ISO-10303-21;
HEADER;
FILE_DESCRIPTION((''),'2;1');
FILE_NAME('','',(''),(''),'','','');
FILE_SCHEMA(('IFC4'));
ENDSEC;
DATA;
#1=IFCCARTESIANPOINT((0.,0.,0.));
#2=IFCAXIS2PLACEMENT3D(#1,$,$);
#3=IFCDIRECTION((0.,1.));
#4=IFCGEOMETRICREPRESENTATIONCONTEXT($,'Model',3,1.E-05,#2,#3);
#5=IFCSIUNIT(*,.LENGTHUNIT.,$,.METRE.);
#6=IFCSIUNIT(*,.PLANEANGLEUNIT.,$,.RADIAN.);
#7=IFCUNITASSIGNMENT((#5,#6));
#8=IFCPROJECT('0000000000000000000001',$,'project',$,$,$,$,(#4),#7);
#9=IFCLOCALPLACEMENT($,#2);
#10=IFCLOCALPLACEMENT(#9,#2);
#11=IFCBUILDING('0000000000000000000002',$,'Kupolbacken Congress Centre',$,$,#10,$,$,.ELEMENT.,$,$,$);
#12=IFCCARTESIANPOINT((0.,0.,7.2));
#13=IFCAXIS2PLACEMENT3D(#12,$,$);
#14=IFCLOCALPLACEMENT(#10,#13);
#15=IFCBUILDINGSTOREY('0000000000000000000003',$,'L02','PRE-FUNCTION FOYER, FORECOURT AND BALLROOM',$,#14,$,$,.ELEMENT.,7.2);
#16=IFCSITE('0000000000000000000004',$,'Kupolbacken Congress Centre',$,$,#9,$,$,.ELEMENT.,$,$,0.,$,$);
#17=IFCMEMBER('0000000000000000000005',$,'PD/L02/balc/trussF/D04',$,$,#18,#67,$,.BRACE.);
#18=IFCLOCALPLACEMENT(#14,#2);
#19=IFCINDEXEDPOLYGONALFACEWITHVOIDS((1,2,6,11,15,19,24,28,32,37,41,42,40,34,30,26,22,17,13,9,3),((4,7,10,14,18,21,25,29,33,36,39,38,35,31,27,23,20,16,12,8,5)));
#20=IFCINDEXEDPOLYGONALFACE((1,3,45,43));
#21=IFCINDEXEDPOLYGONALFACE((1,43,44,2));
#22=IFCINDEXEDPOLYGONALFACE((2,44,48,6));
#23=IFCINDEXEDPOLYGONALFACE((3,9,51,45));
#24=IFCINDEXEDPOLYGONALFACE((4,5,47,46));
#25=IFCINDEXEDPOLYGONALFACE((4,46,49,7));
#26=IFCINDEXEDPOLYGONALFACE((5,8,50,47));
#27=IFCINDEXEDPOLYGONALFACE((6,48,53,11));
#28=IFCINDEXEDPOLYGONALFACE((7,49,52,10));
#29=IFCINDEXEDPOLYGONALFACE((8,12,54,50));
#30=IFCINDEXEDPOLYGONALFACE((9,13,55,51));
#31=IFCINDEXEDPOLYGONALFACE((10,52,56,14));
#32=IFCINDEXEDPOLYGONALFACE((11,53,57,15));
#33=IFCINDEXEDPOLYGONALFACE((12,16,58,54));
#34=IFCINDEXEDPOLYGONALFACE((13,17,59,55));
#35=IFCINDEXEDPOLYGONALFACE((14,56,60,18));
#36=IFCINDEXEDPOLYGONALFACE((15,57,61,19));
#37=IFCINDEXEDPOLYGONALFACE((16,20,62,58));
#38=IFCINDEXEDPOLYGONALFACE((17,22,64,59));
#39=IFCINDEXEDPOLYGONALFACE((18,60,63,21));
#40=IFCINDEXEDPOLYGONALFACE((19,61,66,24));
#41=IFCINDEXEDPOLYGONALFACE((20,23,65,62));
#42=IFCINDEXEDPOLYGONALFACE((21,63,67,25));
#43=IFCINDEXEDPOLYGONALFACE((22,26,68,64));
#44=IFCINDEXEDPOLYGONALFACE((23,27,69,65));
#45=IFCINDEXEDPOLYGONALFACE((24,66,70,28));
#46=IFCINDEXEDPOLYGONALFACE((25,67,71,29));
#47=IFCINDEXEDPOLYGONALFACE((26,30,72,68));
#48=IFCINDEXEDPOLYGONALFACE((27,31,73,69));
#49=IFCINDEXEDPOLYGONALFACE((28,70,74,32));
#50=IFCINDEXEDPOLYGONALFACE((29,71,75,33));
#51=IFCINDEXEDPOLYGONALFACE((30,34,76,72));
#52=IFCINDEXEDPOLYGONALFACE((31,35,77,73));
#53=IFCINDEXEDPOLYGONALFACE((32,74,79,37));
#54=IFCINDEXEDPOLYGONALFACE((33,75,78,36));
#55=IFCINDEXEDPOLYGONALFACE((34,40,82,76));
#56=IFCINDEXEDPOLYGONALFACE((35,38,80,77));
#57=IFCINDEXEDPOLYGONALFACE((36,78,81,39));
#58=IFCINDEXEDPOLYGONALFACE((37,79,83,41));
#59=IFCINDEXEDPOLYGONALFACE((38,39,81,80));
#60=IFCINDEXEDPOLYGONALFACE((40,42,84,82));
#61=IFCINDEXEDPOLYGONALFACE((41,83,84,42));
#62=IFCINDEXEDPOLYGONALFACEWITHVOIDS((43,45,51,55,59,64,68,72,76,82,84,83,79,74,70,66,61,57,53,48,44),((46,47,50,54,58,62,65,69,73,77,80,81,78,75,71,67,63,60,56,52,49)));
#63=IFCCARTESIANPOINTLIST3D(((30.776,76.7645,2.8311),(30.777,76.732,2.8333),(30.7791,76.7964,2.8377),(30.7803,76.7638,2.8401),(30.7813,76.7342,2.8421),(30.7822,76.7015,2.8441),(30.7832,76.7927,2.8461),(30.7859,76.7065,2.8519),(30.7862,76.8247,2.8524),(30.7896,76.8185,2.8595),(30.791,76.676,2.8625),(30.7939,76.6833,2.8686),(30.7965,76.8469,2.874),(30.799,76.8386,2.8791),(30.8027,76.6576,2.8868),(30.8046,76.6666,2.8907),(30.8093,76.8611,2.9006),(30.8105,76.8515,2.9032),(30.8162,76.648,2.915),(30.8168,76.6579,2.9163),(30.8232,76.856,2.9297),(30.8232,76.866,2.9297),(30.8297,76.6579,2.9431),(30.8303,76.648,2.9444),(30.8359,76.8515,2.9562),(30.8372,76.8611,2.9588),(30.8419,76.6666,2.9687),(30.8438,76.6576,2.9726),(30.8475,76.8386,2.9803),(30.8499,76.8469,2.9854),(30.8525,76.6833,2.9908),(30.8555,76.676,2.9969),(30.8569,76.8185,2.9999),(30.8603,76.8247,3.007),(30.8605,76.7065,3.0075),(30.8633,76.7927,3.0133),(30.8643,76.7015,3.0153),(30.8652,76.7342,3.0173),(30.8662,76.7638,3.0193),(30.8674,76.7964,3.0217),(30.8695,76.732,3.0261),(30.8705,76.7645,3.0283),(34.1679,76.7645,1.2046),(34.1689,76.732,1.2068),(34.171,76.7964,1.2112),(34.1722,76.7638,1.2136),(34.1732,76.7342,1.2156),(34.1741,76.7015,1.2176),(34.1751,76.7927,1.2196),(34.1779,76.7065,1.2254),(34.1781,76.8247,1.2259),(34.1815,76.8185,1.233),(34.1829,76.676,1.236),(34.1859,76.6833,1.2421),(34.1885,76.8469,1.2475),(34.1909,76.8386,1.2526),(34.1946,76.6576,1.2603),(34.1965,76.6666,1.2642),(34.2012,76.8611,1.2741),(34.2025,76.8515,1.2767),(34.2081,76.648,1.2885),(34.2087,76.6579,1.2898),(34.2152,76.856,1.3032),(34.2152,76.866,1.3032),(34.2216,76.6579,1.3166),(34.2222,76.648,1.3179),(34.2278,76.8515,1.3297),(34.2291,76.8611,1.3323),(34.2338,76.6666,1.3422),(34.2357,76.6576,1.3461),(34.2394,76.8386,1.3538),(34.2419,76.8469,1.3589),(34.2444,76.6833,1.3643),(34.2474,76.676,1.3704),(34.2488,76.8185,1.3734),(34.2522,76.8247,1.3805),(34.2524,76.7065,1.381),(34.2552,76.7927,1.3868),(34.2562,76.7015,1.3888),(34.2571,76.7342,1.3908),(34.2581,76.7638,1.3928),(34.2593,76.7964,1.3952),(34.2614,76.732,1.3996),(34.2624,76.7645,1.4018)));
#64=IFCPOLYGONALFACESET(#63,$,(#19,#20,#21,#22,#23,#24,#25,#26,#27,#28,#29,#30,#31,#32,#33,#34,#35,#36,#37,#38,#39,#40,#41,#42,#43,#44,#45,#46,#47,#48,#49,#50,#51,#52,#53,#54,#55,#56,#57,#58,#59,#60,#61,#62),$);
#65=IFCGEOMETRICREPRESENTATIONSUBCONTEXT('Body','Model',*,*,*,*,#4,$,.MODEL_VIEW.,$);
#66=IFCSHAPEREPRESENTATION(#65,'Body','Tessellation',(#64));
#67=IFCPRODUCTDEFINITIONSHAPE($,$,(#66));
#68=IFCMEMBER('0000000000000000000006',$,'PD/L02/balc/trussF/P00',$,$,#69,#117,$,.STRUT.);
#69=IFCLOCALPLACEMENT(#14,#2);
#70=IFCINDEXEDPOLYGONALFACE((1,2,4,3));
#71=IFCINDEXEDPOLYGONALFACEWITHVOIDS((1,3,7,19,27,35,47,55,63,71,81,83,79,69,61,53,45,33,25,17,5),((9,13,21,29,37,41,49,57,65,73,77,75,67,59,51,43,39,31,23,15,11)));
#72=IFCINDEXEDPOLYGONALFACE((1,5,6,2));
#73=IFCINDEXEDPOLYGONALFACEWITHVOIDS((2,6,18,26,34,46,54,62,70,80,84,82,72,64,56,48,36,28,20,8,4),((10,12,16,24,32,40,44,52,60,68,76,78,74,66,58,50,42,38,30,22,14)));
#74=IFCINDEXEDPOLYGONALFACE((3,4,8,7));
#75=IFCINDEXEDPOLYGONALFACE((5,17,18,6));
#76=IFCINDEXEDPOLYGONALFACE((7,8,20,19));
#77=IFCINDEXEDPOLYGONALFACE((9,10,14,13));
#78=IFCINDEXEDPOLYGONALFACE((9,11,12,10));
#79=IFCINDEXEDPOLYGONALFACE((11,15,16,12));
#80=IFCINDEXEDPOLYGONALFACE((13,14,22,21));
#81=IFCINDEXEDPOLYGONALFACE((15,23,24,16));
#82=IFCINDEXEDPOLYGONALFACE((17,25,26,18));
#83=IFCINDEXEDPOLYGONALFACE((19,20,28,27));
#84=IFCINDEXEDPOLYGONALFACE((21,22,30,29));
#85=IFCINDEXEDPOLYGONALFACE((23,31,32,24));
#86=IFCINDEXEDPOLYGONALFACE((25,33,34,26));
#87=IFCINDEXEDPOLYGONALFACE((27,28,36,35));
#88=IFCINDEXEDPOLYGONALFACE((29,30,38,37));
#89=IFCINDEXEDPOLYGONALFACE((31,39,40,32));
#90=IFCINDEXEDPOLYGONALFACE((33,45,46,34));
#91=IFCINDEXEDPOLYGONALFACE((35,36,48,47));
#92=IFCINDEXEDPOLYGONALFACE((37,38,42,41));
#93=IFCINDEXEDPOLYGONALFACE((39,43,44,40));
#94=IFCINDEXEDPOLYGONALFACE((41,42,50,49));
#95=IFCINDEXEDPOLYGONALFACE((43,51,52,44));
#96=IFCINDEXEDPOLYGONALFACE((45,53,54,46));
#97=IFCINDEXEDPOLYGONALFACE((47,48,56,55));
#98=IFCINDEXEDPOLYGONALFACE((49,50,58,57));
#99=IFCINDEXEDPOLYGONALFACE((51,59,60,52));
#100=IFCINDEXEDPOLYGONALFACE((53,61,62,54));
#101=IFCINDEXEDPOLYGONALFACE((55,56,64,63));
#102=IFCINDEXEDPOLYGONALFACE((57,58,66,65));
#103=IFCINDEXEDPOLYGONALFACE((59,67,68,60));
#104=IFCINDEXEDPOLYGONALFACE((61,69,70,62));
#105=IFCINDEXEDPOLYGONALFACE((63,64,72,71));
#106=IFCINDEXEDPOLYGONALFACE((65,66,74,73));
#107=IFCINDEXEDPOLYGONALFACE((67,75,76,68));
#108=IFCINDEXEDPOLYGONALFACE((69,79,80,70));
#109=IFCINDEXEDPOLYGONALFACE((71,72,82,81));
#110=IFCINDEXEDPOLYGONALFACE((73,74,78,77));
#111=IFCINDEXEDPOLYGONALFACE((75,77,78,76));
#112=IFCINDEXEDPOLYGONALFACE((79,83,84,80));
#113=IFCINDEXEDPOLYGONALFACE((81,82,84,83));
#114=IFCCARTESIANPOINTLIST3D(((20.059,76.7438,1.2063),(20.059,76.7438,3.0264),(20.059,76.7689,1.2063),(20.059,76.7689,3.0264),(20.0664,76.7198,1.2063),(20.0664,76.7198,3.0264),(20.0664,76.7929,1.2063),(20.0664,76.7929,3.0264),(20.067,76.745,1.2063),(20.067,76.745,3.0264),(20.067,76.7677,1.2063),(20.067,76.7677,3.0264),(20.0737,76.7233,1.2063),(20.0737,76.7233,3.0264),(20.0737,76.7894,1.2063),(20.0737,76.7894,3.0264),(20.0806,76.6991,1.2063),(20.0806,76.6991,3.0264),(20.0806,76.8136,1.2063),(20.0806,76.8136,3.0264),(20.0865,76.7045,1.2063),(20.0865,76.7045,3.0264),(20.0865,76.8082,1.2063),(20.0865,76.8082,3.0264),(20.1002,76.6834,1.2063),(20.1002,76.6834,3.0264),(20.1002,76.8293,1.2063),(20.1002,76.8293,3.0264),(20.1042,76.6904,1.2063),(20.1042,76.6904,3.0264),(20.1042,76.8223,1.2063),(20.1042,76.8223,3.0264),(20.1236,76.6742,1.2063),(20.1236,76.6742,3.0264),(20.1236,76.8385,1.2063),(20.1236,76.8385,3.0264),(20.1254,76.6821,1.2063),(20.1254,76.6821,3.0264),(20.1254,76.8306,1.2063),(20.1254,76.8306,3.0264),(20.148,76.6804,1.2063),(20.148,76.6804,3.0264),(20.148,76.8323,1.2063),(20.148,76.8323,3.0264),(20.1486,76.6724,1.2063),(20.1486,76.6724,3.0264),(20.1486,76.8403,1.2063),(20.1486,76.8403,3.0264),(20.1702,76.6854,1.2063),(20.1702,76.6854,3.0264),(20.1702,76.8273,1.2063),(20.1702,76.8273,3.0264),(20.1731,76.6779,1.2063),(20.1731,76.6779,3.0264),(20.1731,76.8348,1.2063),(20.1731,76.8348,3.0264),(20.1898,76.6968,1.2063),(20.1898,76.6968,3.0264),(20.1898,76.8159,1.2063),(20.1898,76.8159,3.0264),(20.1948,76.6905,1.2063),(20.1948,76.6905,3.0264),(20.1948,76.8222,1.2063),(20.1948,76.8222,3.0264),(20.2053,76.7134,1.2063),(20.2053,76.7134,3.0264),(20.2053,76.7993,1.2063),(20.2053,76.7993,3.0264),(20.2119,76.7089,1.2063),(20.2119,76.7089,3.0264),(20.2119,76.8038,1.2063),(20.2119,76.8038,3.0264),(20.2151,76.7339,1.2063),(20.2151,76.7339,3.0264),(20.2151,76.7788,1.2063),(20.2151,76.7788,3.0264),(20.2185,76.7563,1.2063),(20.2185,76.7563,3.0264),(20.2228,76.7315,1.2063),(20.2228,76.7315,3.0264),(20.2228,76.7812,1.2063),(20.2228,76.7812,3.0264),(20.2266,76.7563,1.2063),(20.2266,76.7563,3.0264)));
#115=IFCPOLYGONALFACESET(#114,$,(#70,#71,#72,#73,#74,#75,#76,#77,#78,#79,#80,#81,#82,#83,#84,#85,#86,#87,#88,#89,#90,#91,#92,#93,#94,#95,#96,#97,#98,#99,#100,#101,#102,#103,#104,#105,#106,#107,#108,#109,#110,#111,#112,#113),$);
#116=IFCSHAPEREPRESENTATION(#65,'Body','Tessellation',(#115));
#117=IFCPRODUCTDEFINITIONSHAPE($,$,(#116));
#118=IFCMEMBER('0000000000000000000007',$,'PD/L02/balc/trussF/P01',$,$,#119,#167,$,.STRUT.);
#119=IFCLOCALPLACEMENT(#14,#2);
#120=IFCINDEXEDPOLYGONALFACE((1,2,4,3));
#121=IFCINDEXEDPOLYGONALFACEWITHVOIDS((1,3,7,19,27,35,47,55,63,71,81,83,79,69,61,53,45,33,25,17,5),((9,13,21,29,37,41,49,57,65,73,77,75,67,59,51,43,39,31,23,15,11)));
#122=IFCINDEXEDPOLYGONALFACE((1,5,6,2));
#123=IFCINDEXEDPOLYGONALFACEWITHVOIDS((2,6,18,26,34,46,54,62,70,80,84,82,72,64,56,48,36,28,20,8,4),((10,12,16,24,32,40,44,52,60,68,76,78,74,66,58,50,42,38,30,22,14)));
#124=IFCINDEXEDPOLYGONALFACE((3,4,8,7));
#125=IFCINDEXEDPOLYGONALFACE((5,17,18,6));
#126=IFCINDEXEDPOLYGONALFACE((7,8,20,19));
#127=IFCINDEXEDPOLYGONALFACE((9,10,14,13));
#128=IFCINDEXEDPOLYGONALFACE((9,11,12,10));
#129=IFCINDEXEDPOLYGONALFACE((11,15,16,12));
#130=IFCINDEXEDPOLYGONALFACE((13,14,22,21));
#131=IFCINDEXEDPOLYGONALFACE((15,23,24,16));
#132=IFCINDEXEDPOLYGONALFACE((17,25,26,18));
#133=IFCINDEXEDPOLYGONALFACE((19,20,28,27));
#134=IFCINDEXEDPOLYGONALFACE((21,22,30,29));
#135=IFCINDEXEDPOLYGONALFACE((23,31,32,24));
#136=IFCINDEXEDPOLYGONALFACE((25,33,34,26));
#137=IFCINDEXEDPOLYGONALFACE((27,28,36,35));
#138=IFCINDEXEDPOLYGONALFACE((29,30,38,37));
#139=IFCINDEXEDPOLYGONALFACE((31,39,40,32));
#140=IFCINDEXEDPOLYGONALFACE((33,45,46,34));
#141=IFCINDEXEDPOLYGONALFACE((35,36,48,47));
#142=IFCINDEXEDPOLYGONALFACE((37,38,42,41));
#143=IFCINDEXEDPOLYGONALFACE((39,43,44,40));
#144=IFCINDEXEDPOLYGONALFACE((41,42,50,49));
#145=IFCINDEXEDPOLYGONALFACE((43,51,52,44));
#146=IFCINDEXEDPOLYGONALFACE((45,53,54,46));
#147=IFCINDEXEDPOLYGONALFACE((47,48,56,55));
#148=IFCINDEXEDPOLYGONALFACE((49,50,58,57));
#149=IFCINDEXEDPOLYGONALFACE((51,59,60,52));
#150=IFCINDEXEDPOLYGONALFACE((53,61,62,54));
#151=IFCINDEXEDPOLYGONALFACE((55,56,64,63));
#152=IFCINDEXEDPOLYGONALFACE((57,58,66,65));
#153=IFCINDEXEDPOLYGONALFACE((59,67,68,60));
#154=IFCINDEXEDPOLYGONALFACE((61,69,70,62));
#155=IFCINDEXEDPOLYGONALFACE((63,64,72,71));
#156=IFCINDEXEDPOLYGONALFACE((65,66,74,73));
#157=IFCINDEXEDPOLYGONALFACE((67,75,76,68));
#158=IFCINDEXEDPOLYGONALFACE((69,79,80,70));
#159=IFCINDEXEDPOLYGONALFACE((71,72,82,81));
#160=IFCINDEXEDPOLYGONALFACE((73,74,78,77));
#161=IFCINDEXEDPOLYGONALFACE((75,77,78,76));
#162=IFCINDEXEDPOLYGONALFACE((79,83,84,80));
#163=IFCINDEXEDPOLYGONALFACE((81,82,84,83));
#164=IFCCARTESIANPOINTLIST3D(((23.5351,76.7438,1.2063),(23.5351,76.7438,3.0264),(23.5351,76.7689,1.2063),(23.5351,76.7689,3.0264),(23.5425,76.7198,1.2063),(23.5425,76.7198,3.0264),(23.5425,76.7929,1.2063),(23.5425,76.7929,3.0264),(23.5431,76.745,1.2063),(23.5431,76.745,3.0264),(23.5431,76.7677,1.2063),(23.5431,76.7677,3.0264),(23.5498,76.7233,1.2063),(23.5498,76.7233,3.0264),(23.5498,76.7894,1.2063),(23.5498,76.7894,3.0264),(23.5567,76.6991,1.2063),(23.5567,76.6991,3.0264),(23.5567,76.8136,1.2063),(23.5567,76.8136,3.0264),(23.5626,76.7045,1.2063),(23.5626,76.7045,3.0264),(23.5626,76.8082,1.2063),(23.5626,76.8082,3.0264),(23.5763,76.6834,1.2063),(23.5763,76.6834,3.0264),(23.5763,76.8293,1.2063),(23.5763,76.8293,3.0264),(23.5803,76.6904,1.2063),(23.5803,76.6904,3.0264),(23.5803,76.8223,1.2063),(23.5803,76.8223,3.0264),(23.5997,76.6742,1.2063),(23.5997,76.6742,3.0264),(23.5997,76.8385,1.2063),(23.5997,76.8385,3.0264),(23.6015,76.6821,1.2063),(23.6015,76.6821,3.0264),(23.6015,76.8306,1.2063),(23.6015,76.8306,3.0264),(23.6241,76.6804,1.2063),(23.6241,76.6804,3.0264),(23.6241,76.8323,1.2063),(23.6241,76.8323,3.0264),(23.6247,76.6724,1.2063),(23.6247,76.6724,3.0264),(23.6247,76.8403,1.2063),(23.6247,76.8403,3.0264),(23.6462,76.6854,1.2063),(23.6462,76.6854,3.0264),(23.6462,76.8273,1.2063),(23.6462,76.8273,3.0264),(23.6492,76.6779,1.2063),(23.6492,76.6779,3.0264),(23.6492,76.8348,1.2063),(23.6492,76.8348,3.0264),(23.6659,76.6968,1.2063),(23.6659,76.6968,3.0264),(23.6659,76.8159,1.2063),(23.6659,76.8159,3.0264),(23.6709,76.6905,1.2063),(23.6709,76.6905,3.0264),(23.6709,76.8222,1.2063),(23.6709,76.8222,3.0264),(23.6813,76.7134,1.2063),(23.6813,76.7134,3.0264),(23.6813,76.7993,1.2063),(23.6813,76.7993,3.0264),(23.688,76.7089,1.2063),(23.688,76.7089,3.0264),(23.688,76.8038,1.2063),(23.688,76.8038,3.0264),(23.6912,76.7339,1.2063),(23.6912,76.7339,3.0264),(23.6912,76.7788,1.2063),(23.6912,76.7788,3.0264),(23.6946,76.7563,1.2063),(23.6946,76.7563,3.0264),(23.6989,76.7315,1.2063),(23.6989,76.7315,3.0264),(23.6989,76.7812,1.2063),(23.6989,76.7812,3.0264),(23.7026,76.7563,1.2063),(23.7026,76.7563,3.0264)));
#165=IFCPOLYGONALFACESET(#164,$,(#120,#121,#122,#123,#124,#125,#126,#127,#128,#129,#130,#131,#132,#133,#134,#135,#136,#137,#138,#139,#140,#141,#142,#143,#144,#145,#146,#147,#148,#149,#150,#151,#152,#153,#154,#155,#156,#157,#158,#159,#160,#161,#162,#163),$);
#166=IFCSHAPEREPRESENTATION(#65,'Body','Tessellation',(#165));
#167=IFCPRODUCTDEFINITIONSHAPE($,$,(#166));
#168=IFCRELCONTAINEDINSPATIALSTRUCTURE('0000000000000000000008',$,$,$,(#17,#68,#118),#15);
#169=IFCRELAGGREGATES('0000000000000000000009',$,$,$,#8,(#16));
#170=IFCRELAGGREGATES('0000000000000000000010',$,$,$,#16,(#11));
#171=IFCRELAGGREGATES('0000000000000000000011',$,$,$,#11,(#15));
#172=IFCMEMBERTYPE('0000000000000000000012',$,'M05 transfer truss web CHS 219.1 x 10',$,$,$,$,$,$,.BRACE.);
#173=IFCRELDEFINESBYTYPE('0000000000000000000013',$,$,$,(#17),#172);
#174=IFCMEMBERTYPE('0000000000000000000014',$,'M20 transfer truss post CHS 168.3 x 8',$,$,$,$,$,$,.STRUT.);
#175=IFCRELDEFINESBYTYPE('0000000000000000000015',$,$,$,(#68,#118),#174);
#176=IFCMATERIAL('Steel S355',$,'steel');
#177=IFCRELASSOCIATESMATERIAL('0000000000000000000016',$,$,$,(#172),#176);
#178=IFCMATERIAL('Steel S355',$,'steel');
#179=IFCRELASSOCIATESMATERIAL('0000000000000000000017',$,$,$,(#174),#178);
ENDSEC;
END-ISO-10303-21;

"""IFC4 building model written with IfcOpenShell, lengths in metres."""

from ifc_helpers import new_model, si_unit, direction, frame, origin, origin_2d, place, context, subcontext, project, spatial, hollow_circle, extrude, material, material_profile, profile_set, type_object, element, save


model = new_model("IFC4")

# Units and contexts
model_context = context("Model", 3, precision=1e-05, world=origin(), true_north=direction((0.0, 1.0)))
body_context = subcontext(model_context, "Body", "Model", "MODEL_VIEW")
ifc_project = project(units=[si_unit("LENGTHUNIT", "METRE"), si_unit("PLANEANGLEUNIT", "RADIAN")], contexts=[model_context])

# Site, building, storey
site_placement = place(None, origin())
site = spatial("IfcSite", under=ifc_project, at=site_placement, Name="Kupolbacken Congress Centre", CompositionType="ELEMENT", RefElevation=0.0)
building_placement = place(site_placement, origin())
building = spatial("IfcBuilding", under=site, at=building_placement, Name="Kupolbacken Congress Centre", CompositionType="ELEMENT")
storey_placement = place(building_placement, frame((0.0, 0.0, 7.2)))
storey = spatial("IfcBuildingStorey", under=building, at=storey_placement, Name="L02", Description="PRE-FUNCTION FOYER, FORECOURT AND BALLROOM", CompositionType="ELEMENT", Elevation=7.2)

# Members
ifc_material_1 = material(Name="Steel S355", Category="steel")
ifc_material_profile_1 = material_profile(ifc_material_1, hollow_circle(Radius=0.1096, WallThickness=0.01, at=origin_2d()), Name="CHS 219.1 x 10")
ifc_profile_set_1 = profile_set([ifc_material_profile_1], Name="Steel S355")
member_type_1 = type_object("IfcMemberType", Name="M05 transfer truss web CHS 219.1 x 10", PredefinedType="BRACE", material=ifc_profile_set_1)
for number, where, z_axis, x_axis, name in (
    (1, (30.8232, 76.7563, 2.9297), (0.901691, 0.0, -0.432381), (0.0, 1.0, 0.0), "PD/L02/balc/trussF/D04"),
):
    element("IfcMember", number, at=place(storey_placement, frame(where, z_axis=z_axis, x_axis=x_axis)), inside=storey, type_object=member_type_1, Name=name, PredefinedType="BRACE", context=body_context, shape_type="SweptSolid", body=[
        extrude(hollow_circle(Radius=0.1096, WallThickness=0.01, at=origin_2d()), origin(), (0.0, 0.0, 1.0), 3.7617),
    ])
ifc_material_2 = material(Name="Steel S355", Category="steel")
ifc_material_profile_2 = material_profile(ifc_material_2, hollow_circle(Radius=0.0842, WallThickness=0.0081, at=origin_2d()), Name="CHS 168.3 x 8")
ifc_profile_set_2 = profile_set([ifc_material_profile_2], Name="Steel S355")
member_type_2 = type_object("IfcMemberType", Name="M20 transfer truss post CHS 168.3 x 8", PredefinedType="STRUT", material=ifc_profile_set_2)
for number, where, z_axis, x_axis, name in (
    (2, (20.1423, 76.7563, 1.2063), (0.0, 0.0, 1.0), (1.0, 0.0, 0.0), "PD/L02/balc/trussF/P00"),
    (3, (23.6184, 76.7563, 1.2063), (0.0, 0.0, 1.0), (1.0, 0.0, 0.0), "PD/L02/balc/trussF/P01"),
):
    element("IfcMember", number, at=place(storey_placement, frame(where, z_axis=z_axis, x_axis=x_axis)), inside=storey, type_object=member_type_2, Name=name, PredefinedType="STRUT", context=body_context, shape_type="SweptSolid", body=[
        extrude(hollow_circle(Radius=0.0842, WallThickness=0.0081, at=origin_2d()), origin(), (0.0, 0.0, 1.0), 1.8201),
    ])

save(model, "model.ifc")
